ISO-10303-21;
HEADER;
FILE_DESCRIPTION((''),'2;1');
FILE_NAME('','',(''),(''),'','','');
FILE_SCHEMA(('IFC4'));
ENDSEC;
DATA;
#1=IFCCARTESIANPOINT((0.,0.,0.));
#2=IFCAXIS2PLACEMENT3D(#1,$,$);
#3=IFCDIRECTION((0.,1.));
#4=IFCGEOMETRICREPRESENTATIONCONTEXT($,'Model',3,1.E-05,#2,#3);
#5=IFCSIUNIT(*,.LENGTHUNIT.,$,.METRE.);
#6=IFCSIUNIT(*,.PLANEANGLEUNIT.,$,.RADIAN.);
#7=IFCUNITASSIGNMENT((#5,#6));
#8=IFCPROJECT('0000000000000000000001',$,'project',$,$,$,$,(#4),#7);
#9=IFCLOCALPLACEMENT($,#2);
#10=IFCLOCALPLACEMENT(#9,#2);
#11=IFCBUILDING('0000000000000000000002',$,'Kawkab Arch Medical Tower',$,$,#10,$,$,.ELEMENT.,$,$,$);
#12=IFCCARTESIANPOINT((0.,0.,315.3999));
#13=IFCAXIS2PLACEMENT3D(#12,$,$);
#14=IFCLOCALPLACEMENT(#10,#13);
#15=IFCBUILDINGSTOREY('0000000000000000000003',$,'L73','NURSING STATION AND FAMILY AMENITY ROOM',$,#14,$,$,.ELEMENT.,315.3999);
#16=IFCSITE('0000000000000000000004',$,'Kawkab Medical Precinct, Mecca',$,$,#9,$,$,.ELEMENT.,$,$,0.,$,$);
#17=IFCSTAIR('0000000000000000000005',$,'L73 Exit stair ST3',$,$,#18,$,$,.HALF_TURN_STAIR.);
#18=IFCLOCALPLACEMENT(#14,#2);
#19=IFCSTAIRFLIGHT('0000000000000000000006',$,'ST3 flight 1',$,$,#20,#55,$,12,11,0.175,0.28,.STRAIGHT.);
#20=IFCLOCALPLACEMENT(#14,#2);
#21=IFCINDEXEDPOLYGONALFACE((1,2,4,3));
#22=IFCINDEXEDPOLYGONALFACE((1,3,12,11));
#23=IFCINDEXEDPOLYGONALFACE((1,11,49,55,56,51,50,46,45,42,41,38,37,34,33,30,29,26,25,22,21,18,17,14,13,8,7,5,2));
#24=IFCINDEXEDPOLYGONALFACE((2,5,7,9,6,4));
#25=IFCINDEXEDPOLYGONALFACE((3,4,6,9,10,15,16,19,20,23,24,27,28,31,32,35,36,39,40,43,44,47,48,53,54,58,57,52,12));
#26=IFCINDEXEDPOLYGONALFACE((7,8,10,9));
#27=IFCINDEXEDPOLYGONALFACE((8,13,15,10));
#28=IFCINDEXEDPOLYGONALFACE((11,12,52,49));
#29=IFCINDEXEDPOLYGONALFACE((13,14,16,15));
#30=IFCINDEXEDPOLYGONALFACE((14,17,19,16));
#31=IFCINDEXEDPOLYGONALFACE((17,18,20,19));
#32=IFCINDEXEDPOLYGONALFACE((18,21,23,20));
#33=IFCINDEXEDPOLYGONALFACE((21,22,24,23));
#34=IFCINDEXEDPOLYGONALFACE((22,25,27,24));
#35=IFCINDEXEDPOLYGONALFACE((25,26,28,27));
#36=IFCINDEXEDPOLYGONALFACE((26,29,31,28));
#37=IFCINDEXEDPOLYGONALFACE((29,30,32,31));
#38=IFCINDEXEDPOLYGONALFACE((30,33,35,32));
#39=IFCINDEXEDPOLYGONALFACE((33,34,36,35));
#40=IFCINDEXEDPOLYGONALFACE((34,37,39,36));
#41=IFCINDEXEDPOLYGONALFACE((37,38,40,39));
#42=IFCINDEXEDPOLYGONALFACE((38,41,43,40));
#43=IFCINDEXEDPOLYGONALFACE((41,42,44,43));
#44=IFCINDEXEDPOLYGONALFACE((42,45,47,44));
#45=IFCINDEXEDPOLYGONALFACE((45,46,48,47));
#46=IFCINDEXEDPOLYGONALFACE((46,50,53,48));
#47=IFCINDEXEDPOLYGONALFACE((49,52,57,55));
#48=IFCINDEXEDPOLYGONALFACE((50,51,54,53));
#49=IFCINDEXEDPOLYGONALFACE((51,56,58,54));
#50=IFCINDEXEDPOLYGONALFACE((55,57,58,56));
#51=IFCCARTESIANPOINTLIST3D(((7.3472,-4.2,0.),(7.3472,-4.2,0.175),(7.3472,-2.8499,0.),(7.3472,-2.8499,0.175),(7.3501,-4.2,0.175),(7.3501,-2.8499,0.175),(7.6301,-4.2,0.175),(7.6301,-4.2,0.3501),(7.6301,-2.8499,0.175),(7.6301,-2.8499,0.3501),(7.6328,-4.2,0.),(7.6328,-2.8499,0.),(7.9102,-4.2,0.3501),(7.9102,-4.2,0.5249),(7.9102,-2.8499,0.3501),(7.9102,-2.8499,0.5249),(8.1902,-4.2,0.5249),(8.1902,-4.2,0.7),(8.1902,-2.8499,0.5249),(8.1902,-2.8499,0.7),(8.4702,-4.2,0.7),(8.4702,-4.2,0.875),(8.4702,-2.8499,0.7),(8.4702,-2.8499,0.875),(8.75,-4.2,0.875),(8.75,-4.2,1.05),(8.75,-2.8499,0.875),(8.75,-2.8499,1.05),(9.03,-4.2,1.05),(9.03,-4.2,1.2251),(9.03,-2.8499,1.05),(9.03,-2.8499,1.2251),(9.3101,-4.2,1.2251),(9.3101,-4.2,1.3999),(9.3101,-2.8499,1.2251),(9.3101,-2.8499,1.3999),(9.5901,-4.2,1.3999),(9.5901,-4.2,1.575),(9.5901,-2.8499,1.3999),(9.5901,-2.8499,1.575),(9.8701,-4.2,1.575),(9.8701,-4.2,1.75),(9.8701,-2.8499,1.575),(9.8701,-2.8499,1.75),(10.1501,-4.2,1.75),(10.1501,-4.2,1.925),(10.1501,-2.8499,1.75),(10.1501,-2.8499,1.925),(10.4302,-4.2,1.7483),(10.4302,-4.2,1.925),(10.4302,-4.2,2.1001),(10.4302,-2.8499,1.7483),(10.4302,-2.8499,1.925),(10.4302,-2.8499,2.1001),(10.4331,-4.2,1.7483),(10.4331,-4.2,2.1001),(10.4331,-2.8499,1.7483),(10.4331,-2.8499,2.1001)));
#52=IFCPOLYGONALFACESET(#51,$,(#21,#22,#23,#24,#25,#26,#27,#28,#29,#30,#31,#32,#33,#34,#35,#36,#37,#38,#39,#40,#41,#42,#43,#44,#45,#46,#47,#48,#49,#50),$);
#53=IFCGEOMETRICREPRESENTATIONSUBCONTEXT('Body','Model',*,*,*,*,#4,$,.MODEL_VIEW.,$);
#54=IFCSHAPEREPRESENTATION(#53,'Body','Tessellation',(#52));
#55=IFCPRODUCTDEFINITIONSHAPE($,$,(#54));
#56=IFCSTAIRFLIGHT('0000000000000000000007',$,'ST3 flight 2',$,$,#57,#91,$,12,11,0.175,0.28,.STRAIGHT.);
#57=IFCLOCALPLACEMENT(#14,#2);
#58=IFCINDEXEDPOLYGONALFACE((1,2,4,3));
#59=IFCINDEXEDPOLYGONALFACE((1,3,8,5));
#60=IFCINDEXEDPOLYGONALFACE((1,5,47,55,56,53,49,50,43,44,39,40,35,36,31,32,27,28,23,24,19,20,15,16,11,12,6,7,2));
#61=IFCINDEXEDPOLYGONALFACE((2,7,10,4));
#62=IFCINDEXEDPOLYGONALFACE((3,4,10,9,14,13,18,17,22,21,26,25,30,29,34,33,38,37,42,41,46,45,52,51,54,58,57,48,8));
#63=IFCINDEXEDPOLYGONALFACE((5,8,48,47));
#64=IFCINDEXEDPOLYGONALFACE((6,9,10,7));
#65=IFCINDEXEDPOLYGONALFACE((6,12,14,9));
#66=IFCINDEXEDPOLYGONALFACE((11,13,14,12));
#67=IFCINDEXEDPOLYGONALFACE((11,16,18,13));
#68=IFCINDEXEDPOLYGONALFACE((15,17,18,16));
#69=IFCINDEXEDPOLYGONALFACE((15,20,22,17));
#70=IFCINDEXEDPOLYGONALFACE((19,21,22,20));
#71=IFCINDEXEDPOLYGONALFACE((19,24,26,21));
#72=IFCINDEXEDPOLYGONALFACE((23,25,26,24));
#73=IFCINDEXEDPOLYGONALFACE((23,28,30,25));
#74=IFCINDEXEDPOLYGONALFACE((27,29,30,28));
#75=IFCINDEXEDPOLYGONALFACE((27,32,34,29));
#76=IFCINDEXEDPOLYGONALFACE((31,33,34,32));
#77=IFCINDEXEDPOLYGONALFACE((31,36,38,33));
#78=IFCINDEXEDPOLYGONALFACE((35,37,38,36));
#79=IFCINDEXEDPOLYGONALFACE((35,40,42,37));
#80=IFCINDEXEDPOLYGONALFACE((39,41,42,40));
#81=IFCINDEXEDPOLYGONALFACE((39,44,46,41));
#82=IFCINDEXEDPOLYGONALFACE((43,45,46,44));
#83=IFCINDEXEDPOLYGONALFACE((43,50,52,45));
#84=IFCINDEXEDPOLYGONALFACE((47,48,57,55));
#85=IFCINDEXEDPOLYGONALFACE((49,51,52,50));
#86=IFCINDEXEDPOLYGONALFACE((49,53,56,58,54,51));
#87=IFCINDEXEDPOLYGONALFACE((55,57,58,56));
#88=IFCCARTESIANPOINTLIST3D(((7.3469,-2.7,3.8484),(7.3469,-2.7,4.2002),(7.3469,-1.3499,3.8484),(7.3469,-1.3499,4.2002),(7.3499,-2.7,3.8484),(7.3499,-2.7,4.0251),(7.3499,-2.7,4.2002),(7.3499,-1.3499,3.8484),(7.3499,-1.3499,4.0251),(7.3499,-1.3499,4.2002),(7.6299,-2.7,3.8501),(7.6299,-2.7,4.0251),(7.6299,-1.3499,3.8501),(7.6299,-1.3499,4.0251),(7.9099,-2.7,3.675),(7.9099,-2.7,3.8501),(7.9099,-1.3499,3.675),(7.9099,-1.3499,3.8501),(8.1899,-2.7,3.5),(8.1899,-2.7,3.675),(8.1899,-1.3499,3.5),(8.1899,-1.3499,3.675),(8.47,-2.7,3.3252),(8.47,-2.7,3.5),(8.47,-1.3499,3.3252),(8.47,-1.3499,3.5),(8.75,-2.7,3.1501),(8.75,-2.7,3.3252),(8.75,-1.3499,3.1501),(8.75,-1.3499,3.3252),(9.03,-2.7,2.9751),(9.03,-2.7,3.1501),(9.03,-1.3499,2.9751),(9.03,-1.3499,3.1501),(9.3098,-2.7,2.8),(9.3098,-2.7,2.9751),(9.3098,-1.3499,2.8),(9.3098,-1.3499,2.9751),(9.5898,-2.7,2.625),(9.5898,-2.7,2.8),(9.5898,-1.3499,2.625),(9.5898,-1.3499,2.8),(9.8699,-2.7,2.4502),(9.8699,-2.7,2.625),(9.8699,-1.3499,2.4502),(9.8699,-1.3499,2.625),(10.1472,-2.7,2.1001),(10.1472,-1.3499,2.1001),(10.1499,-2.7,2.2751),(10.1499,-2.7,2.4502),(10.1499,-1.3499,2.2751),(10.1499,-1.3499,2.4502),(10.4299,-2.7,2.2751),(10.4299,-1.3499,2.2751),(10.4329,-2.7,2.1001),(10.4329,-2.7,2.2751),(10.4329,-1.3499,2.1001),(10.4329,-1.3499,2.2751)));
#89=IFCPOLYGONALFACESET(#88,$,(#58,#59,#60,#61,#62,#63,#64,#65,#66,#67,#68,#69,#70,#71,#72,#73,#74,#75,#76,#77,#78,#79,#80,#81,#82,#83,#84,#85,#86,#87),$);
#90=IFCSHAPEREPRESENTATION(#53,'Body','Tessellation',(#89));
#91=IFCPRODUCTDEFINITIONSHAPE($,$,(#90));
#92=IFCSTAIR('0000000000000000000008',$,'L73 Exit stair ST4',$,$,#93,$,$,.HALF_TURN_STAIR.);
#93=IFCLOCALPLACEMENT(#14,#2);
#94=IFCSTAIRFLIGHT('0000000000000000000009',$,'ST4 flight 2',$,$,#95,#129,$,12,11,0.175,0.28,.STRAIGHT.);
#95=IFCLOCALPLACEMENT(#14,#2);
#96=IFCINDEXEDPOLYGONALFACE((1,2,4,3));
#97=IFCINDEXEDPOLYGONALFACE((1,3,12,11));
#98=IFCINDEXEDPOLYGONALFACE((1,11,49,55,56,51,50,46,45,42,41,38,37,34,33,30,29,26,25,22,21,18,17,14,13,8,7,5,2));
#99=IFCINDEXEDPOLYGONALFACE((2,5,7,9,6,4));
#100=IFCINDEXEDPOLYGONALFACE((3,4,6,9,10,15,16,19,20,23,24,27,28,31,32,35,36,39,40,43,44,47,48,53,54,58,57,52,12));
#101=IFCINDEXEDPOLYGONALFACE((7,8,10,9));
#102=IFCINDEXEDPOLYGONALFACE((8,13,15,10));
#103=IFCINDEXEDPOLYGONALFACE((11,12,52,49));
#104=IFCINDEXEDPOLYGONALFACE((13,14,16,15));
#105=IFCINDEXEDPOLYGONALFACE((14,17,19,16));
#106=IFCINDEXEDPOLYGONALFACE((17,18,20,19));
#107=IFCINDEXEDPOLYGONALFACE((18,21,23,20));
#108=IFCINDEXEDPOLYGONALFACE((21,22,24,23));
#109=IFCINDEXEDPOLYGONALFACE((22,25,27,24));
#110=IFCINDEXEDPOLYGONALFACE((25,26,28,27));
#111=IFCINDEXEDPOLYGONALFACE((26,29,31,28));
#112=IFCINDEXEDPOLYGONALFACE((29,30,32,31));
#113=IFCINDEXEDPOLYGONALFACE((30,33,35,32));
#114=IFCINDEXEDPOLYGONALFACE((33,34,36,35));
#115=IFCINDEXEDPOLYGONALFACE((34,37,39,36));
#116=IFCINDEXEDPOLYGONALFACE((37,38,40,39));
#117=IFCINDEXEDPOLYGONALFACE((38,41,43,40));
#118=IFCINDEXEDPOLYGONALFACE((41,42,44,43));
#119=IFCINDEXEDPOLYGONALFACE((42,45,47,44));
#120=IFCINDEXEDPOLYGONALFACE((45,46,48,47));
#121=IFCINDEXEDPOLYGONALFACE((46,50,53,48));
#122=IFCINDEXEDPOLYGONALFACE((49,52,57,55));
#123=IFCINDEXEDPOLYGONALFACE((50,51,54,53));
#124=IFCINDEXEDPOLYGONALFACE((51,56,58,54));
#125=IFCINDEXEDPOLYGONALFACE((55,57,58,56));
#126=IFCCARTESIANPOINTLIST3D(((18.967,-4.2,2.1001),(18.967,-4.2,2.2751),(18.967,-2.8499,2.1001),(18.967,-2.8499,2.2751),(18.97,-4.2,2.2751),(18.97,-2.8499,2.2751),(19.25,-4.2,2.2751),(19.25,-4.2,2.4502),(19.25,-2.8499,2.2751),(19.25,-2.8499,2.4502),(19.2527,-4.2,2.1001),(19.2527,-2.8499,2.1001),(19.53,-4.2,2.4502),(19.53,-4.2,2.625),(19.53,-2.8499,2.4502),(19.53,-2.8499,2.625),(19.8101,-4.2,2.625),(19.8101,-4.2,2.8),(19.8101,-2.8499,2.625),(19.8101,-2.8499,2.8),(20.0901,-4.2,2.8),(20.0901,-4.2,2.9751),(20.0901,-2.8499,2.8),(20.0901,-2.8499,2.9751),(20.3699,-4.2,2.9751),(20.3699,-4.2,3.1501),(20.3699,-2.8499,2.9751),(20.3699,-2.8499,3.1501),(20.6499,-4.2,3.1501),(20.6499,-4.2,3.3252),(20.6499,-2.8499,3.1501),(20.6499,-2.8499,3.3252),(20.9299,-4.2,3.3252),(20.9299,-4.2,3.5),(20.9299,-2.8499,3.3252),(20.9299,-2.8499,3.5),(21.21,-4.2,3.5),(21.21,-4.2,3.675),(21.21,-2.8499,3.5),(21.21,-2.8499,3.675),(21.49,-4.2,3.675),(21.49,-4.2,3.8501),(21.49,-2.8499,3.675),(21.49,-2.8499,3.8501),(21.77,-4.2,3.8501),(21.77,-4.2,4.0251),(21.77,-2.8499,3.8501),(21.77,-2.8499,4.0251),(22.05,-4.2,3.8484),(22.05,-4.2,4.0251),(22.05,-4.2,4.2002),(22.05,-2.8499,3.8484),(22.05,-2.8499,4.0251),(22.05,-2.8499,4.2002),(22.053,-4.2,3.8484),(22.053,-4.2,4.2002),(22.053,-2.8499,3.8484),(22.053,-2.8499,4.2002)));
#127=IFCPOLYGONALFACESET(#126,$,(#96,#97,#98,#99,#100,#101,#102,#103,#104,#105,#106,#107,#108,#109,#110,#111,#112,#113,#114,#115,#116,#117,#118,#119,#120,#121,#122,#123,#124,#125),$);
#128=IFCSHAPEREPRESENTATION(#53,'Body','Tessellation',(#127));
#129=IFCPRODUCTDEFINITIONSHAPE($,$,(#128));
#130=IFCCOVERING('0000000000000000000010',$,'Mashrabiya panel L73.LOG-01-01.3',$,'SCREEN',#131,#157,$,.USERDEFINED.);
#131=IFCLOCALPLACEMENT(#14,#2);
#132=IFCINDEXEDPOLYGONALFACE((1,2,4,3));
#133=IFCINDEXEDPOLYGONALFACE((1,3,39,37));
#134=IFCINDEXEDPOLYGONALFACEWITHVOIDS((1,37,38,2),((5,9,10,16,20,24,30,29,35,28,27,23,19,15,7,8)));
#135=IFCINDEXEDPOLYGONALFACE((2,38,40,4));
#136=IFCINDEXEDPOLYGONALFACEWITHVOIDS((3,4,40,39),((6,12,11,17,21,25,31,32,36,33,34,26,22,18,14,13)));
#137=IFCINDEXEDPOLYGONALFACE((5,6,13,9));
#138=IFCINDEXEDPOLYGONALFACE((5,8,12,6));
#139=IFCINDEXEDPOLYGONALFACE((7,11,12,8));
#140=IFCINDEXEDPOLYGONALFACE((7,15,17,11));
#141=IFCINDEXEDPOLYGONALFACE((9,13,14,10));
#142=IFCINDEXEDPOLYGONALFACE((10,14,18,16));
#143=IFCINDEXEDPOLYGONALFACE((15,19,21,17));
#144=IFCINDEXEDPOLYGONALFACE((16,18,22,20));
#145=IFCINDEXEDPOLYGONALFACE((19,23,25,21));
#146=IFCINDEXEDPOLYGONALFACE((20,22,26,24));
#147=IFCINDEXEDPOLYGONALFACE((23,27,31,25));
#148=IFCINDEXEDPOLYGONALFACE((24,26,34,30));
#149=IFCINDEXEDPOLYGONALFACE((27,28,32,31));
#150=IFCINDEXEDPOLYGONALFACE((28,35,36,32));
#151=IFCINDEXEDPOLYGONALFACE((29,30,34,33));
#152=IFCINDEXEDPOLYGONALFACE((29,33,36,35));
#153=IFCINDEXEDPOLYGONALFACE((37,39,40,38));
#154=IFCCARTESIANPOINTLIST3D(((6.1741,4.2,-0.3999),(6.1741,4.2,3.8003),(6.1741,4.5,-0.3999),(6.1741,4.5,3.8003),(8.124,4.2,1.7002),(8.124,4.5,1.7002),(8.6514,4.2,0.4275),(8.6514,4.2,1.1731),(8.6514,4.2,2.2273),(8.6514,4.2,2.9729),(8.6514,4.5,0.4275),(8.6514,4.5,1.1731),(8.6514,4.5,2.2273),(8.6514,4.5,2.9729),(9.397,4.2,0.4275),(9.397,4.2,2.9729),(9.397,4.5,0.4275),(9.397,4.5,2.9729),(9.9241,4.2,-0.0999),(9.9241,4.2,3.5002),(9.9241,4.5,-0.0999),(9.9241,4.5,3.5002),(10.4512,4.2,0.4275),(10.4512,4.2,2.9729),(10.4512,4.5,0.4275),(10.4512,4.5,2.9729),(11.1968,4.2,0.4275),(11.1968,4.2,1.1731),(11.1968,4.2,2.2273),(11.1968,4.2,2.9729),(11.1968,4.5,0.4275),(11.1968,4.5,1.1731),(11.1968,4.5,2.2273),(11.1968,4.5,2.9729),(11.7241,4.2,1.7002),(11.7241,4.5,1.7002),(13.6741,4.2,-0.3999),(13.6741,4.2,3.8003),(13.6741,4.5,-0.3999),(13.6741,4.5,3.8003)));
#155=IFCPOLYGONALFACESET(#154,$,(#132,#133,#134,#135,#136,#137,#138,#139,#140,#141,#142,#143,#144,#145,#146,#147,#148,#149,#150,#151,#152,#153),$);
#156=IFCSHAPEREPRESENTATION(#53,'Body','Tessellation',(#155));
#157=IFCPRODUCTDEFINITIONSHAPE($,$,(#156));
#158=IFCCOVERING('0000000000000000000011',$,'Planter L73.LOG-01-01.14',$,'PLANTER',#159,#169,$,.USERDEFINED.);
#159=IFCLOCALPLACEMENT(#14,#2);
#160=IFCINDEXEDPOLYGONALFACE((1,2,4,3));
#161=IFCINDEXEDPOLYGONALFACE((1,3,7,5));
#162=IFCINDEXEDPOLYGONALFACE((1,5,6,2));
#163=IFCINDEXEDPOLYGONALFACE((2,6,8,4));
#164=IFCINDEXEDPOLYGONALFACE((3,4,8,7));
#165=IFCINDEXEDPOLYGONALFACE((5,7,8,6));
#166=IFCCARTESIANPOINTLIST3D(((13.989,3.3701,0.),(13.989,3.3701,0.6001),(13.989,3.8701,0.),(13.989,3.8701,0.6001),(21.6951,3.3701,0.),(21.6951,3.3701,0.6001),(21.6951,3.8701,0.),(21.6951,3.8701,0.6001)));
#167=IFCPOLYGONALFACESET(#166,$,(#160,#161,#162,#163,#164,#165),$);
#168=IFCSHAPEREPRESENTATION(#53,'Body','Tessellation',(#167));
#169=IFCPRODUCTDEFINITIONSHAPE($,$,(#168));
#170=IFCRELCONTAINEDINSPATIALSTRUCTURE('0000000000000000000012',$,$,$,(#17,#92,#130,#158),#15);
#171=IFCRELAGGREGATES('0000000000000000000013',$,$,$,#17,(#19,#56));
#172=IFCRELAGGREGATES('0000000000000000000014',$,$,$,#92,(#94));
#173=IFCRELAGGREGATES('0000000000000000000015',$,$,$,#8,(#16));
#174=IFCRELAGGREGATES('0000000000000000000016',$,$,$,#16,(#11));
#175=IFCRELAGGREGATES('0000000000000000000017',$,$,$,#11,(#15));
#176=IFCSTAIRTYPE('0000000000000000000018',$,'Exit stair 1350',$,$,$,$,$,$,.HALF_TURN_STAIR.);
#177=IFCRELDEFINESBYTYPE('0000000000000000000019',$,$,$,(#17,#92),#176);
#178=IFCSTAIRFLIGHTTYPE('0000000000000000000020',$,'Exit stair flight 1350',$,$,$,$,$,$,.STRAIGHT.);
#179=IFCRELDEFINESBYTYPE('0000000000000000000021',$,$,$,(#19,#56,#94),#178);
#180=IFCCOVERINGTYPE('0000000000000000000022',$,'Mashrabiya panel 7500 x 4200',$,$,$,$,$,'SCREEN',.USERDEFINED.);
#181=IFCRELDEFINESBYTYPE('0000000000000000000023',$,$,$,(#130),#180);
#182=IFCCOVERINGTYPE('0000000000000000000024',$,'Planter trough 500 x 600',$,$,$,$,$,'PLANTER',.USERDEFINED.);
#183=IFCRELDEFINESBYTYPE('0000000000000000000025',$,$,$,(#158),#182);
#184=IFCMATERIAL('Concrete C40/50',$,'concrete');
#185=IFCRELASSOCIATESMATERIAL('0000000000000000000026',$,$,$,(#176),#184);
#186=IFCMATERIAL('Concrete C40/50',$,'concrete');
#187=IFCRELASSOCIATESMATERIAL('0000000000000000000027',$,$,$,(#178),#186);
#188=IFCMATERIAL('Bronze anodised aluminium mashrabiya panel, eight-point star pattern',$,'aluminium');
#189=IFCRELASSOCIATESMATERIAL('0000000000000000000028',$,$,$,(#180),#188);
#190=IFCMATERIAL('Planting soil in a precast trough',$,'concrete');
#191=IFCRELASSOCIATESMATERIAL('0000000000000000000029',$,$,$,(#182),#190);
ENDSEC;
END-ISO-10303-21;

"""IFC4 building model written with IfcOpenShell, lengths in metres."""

from ifc_helpers import new_model, si_unit, direction, frame, origin, origin_2d, place, context, subcontext, project, spatial, polyline, rectangle, outline, extrude, material, material_profile, profile_set, type_object, element, aggregate, save


model = new_model("IFC4")

# Units and contexts
model_context = context("Model", 3, precision=1e-05, world=origin(), true_north=direction((0.0, 1.0)))
body_context = subcontext(model_context, "Body", "Model", "MODEL_VIEW")
ifc_project = project(units=[si_unit("LENGTHUNIT", "METRE"), si_unit("PLANEANGLEUNIT", "RADIAN")], contexts=[model_context])

# Site, building, storey
site_placement = place(None, origin())
site = spatial("IfcSite", under=ifc_project, at=site_placement, Name="Kawkab Medical Precinct, Mecca", CompositionType="ELEMENT", RefElevation=0.0)
building_placement = place(site_placement, origin())
building = spatial("IfcBuilding", under=site, at=building_placement, Name="Kawkab Arch Medical Tower", CompositionType="ELEMENT")
storey_placement = place(building_placement, frame((0.0, 0.0, 315.3999)))
storey = spatial("IfcBuildingStorey", under=building, at=storey_placement, Name="L73", Description="NURSING STATION AND FAMILY AMENITY ROOM", CompositionType="ELEMENT", Elevation=315.3999)

# Shared definitions
placement = place(storey_placement, origin())

# Stair, stair flights
ifc_material_1 = material(Name="Concrete C40/50", Category="concrete")
stair_type = type_object("IfcStairType", Name="Exit stair 1350", PredefinedType="HALF_TURN_STAIR", material=ifc_material_1)
stair_1 = element("IfcStair", 1, at=placement, inside=storey, type_object=stair_type, Name="L73 Exit stair ST3", PredefinedType="HALF_TURN_STAIR")
ifc_material_2 = material(Name="Concrete C40/50", Category="concrete")
stair_flight_type = type_object("IfcStairFlightType", Name="Exit stair flight 1350", PredefinedType="STRAIGHT", material=ifc_material_2)
stair_flight_1_placement = place(storey_placement, frame((7.3501, -3.5249, 0.0), z_axis=(0.0, 0.0, 1.0), x_axis=(1.0, 0.0, 0.0)))
stair_flight_1 = element("IfcStairFlight", 2, at=stair_flight_1_placement, type_object=stair_flight_type, Name="ST3 flight 1", NumberOfRisers=12, NumberOfTreads=11, PredefinedType="STRAIGHT", RiserHeight=0.175, TreadLength=0.28, context=body_context, shape_type="SweptSolid", body=[
    extrude(outline(polyline([(-0.0029, 0.0), (-0.0029, 0.175), (0.0, 0.175), (0.28, 0.175), (0.28, 0.3501), (0.5601, 0.3501), (0.5601, 0.5249), (0.8401, 0.5249), (0.8401, 0.7), (1.1201, 0.7), (1.1201, 0.875), (1.3999, 0.875), (1.3999, 1.05), (1.6799, 1.05), (1.6799, 1.2251), (1.96, 1.2251), (1.96, 1.3999), (2.24, 1.3999), (2.24, 1.575), (2.52, 1.575), (2.52, 1.75), (2.8, 1.75), (2.8, 1.925), (3.0801, 1.925), (3.0801, 2.1001), (3.083, 2.1001), (3.083, 1.7483), (3.0801, 1.7483), (0.2827, 0.0), (-0.0029, 0.0)])), frame((0.0, 0.675, 0.0), z_axis=(0.0, -1.0, 0.0), x_axis=(1.0, 0.0, 0.0)), (0.0, 0.0, 1.0), 1.3501),
])
stair_flight_2_placement = place(storey_placement, frame((10.4299, -2.0249, 2.1001), z_axis=(0.0, 0.0, 1.0), x_axis=(-1.0, 0.0, 0.0)))
stair_flight_2 = element("IfcStairFlight", 3, at=stair_flight_2_placement, type_object=stair_flight_type, Name="ST3 flight 2", NumberOfRisers=12, NumberOfTreads=11, PredefinedType="STRAIGHT", RiserHeight=0.175, TreadLength=0.28, context=body_context, shape_type="SweptSolid", body=[
    extrude(outline(polyline([(-0.0029, 0.0), (-0.0029, 0.175), (0.0, 0.175), (0.28, 0.175), (0.28, 0.3501), (0.5601, 0.3501), (0.5601, 0.5249), (0.8401, 0.5249), (0.8401, 0.7), (1.1201, 0.7), (1.1201, 0.875), (1.3999, 0.875), (1.3999, 1.05), (1.6799, 1.05), (1.6799, 1.2251), (1.96, 1.2251), (1.96, 1.3999), (2.24, 1.3999), (2.24, 1.575), (2.52, 1.575), (2.52, 1.75), (2.8, 1.75), (2.8, 1.925), (3.0801, 1.925), (3.0801, 2.1001), (3.083, 2.1001), (3.083, 1.7483), (3.0801, 1.7483), (0.2827, 0.0), (-0.0029, 0.0)])), frame((0.0, 0.675, 0.0), z_axis=(0.0, -1.0, 0.0), x_axis=(1.0, 0.0, 0.0)), (0.0, 0.0, 1.0), 1.3501),
])
aggregate(stair_1, [stair_flight_1, stair_flight_2])

# Stair, stair flight
stair_2 = element("IfcStair", 4, at=placement, inside=storey, type_object=stair_type, Name="L73 Exit stair ST4", PredefinedType="HALF_TURN_STAIR")
stair_flight_3_placement = place(storey_placement, frame((18.97, -3.5249, 2.1001), z_axis=(0.0, 0.0, 1.0), x_axis=(1.0, 0.0, 0.0)))
stair_flight_3 = element("IfcStairFlight", 5, at=stair_flight_3_placement, type_object=stair_flight_type, Name="ST4 flight 2", NumberOfRisers=12, NumberOfTreads=11, PredefinedType="STRAIGHT", RiserHeight=0.175, TreadLength=0.28, context=body_context, shape_type="SweptSolid", body=[
    extrude(outline(polyline([(-0.0029, 0.0), (-0.0029, 0.175), (0.0, 0.175), (0.28, 0.175), (0.28, 0.3501), (0.5601, 0.3501), (0.5601, 0.5249), (0.8401, 0.5249), (0.8401, 0.7), (1.1201, 0.7), (1.1201, 0.875), (1.3999, 0.875), (1.3999, 1.05), (1.6799, 1.05), (1.6799, 1.2251), (1.96, 1.2251), (1.96, 1.3999), (2.24, 1.3999), (2.24, 1.575), (2.52, 1.575), (2.52, 1.75), (2.8, 1.75), (2.8, 1.925), (3.0801, 1.925), (3.0801, 2.1001), (3.083, 2.1001), (3.083, 1.7483), (3.0801, 1.7483), (0.2827, 0.0), (-0.0029, 0.0)])), frame((0.0, 0.675, 0.0), z_axis=(0.0, -1.0, 0.0), x_axis=(1.0, 0.0, 0.0)), (0.0, 0.0, 1.0), 1.3501),
])
aggregate(stair_2, [stair_flight_3])

# Coverings
ifc_material_3 = material(Name="Bronze anodised aluminium mashrabiya panel, eight-point star pattern", Category="aluminium")
ifc_material_profile_1 = material_profile(ifc_material_3, outline(polyline([(-3.75, -2.1001), (3.75, -2.1001), (3.75, 2.1001), (-3.75, 2.1001), (-3.75, -2.1001)]), holes=[polyline([(1.8, 0.0), (1.2727, 0.5271), (1.2727, 1.2727), (0.5271, 1.2727), (0.0, 1.8), (-0.5271, 1.2727), (-1.2727, 1.2727), (-1.2727, 0.5271), (-1.8, 0.0), (-1.2727, -0.5271), (-1.2727, -1.2727), (-0.5271, -1.2727), (0.0, -1.8), (0.5271, -1.2727), (1.2727, -1.2727), (1.2727, -0.5271), (1.8, 0.0)])]), Name="Mashrabiya panel 7500x4200")
ifc_profile_set_1 = profile_set([ifc_material_profile_1], Name="Bronze anodised aluminium mashrabiya panel, eight-point star pattern")
covering_type_1 = type_object("IfcCoveringType", Name="Mashrabiya panel 7500 x 4200", ElementType="SCREEN", PredefinedType="USERDEFINED", material=ifc_profile_set_1)
covering_1_placement = place(storey_placement, frame((9.9241, 4.2, 1.7002), z_axis=(0.0, 1.0, 0.0), x_axis=(-1.0, 0.0, 0.0)))
element("IfcCovering", 6, at=covering_1_placement, inside=storey, type_object=covering_type_1, Name="Mashrabiya panel L73.LOG-01-01.3", ObjectType="SCREEN", PredefinedType="USERDEFINED", context=body_context, shape_type="SweptSolid", body=[
    extrude(outline(polyline([(-3.75, -2.1001), (3.75, -2.1001), (3.75, 2.1001), (-3.75, 2.1001), (-3.75, -2.1001)]), holes=[polyline([(1.8, 0.0), (1.2727, 0.5271), (1.2727, 1.2727), (0.5271, 1.2727), (0.0, 1.8), (-0.5271, 1.2727), (-1.2727, 1.2727), (-1.2727, 0.5271), (-1.8, 0.0), (-1.2727, -0.5271), (-1.2727, -1.2727), (-0.5271, -1.2727), (0.0, -1.8), (0.5271, -1.2727), (1.2727, -1.2727), (1.2727, -0.5271), (1.8, 0.0)])]), origin(), (0.0, 0.0, 1.0), 0.3),
])
ifc_material_4 = material(Name="Planting soil in a precast trough", Category="concrete")
ifc_material_profile_2 = material_profile(ifc_material_4, rectangle(XDim=0.5, YDim=0.6001, at=origin_2d()), Name="Trough 500x600")
ifc_profile_set_2 = profile_set([ifc_material_profile_2], Name="Planting soil in a precast trough")
covering_type_2 = type_object("IfcCoveringType", Name="Planter trough 500 x 600", ElementType="PLANTER", PredefinedType="USERDEFINED", material=ifc_profile_set_2)
covering_2_placement = place(storey_placement, frame((13.989, 3.6201, 0.3), z_axis=(1.0, 0.0, 0.0), x_axis=(0.0, 1.0, 0.0)))
element("IfcCovering", 7, at=covering_2_placement, inside=storey, type_object=covering_type_2, Name="Planter L73.LOG-01-01.14", ObjectType="PLANTER", PredefinedType="USERDEFINED", context=body_context, shape_type="SweptSolid", body=[
    extrude(rectangle(XDim=0.5, YDim=0.6001, at=origin_2d()), origin(), (0.0, 0.0, 1.0), 7.7061),
])

save(model, "model.ifc")
